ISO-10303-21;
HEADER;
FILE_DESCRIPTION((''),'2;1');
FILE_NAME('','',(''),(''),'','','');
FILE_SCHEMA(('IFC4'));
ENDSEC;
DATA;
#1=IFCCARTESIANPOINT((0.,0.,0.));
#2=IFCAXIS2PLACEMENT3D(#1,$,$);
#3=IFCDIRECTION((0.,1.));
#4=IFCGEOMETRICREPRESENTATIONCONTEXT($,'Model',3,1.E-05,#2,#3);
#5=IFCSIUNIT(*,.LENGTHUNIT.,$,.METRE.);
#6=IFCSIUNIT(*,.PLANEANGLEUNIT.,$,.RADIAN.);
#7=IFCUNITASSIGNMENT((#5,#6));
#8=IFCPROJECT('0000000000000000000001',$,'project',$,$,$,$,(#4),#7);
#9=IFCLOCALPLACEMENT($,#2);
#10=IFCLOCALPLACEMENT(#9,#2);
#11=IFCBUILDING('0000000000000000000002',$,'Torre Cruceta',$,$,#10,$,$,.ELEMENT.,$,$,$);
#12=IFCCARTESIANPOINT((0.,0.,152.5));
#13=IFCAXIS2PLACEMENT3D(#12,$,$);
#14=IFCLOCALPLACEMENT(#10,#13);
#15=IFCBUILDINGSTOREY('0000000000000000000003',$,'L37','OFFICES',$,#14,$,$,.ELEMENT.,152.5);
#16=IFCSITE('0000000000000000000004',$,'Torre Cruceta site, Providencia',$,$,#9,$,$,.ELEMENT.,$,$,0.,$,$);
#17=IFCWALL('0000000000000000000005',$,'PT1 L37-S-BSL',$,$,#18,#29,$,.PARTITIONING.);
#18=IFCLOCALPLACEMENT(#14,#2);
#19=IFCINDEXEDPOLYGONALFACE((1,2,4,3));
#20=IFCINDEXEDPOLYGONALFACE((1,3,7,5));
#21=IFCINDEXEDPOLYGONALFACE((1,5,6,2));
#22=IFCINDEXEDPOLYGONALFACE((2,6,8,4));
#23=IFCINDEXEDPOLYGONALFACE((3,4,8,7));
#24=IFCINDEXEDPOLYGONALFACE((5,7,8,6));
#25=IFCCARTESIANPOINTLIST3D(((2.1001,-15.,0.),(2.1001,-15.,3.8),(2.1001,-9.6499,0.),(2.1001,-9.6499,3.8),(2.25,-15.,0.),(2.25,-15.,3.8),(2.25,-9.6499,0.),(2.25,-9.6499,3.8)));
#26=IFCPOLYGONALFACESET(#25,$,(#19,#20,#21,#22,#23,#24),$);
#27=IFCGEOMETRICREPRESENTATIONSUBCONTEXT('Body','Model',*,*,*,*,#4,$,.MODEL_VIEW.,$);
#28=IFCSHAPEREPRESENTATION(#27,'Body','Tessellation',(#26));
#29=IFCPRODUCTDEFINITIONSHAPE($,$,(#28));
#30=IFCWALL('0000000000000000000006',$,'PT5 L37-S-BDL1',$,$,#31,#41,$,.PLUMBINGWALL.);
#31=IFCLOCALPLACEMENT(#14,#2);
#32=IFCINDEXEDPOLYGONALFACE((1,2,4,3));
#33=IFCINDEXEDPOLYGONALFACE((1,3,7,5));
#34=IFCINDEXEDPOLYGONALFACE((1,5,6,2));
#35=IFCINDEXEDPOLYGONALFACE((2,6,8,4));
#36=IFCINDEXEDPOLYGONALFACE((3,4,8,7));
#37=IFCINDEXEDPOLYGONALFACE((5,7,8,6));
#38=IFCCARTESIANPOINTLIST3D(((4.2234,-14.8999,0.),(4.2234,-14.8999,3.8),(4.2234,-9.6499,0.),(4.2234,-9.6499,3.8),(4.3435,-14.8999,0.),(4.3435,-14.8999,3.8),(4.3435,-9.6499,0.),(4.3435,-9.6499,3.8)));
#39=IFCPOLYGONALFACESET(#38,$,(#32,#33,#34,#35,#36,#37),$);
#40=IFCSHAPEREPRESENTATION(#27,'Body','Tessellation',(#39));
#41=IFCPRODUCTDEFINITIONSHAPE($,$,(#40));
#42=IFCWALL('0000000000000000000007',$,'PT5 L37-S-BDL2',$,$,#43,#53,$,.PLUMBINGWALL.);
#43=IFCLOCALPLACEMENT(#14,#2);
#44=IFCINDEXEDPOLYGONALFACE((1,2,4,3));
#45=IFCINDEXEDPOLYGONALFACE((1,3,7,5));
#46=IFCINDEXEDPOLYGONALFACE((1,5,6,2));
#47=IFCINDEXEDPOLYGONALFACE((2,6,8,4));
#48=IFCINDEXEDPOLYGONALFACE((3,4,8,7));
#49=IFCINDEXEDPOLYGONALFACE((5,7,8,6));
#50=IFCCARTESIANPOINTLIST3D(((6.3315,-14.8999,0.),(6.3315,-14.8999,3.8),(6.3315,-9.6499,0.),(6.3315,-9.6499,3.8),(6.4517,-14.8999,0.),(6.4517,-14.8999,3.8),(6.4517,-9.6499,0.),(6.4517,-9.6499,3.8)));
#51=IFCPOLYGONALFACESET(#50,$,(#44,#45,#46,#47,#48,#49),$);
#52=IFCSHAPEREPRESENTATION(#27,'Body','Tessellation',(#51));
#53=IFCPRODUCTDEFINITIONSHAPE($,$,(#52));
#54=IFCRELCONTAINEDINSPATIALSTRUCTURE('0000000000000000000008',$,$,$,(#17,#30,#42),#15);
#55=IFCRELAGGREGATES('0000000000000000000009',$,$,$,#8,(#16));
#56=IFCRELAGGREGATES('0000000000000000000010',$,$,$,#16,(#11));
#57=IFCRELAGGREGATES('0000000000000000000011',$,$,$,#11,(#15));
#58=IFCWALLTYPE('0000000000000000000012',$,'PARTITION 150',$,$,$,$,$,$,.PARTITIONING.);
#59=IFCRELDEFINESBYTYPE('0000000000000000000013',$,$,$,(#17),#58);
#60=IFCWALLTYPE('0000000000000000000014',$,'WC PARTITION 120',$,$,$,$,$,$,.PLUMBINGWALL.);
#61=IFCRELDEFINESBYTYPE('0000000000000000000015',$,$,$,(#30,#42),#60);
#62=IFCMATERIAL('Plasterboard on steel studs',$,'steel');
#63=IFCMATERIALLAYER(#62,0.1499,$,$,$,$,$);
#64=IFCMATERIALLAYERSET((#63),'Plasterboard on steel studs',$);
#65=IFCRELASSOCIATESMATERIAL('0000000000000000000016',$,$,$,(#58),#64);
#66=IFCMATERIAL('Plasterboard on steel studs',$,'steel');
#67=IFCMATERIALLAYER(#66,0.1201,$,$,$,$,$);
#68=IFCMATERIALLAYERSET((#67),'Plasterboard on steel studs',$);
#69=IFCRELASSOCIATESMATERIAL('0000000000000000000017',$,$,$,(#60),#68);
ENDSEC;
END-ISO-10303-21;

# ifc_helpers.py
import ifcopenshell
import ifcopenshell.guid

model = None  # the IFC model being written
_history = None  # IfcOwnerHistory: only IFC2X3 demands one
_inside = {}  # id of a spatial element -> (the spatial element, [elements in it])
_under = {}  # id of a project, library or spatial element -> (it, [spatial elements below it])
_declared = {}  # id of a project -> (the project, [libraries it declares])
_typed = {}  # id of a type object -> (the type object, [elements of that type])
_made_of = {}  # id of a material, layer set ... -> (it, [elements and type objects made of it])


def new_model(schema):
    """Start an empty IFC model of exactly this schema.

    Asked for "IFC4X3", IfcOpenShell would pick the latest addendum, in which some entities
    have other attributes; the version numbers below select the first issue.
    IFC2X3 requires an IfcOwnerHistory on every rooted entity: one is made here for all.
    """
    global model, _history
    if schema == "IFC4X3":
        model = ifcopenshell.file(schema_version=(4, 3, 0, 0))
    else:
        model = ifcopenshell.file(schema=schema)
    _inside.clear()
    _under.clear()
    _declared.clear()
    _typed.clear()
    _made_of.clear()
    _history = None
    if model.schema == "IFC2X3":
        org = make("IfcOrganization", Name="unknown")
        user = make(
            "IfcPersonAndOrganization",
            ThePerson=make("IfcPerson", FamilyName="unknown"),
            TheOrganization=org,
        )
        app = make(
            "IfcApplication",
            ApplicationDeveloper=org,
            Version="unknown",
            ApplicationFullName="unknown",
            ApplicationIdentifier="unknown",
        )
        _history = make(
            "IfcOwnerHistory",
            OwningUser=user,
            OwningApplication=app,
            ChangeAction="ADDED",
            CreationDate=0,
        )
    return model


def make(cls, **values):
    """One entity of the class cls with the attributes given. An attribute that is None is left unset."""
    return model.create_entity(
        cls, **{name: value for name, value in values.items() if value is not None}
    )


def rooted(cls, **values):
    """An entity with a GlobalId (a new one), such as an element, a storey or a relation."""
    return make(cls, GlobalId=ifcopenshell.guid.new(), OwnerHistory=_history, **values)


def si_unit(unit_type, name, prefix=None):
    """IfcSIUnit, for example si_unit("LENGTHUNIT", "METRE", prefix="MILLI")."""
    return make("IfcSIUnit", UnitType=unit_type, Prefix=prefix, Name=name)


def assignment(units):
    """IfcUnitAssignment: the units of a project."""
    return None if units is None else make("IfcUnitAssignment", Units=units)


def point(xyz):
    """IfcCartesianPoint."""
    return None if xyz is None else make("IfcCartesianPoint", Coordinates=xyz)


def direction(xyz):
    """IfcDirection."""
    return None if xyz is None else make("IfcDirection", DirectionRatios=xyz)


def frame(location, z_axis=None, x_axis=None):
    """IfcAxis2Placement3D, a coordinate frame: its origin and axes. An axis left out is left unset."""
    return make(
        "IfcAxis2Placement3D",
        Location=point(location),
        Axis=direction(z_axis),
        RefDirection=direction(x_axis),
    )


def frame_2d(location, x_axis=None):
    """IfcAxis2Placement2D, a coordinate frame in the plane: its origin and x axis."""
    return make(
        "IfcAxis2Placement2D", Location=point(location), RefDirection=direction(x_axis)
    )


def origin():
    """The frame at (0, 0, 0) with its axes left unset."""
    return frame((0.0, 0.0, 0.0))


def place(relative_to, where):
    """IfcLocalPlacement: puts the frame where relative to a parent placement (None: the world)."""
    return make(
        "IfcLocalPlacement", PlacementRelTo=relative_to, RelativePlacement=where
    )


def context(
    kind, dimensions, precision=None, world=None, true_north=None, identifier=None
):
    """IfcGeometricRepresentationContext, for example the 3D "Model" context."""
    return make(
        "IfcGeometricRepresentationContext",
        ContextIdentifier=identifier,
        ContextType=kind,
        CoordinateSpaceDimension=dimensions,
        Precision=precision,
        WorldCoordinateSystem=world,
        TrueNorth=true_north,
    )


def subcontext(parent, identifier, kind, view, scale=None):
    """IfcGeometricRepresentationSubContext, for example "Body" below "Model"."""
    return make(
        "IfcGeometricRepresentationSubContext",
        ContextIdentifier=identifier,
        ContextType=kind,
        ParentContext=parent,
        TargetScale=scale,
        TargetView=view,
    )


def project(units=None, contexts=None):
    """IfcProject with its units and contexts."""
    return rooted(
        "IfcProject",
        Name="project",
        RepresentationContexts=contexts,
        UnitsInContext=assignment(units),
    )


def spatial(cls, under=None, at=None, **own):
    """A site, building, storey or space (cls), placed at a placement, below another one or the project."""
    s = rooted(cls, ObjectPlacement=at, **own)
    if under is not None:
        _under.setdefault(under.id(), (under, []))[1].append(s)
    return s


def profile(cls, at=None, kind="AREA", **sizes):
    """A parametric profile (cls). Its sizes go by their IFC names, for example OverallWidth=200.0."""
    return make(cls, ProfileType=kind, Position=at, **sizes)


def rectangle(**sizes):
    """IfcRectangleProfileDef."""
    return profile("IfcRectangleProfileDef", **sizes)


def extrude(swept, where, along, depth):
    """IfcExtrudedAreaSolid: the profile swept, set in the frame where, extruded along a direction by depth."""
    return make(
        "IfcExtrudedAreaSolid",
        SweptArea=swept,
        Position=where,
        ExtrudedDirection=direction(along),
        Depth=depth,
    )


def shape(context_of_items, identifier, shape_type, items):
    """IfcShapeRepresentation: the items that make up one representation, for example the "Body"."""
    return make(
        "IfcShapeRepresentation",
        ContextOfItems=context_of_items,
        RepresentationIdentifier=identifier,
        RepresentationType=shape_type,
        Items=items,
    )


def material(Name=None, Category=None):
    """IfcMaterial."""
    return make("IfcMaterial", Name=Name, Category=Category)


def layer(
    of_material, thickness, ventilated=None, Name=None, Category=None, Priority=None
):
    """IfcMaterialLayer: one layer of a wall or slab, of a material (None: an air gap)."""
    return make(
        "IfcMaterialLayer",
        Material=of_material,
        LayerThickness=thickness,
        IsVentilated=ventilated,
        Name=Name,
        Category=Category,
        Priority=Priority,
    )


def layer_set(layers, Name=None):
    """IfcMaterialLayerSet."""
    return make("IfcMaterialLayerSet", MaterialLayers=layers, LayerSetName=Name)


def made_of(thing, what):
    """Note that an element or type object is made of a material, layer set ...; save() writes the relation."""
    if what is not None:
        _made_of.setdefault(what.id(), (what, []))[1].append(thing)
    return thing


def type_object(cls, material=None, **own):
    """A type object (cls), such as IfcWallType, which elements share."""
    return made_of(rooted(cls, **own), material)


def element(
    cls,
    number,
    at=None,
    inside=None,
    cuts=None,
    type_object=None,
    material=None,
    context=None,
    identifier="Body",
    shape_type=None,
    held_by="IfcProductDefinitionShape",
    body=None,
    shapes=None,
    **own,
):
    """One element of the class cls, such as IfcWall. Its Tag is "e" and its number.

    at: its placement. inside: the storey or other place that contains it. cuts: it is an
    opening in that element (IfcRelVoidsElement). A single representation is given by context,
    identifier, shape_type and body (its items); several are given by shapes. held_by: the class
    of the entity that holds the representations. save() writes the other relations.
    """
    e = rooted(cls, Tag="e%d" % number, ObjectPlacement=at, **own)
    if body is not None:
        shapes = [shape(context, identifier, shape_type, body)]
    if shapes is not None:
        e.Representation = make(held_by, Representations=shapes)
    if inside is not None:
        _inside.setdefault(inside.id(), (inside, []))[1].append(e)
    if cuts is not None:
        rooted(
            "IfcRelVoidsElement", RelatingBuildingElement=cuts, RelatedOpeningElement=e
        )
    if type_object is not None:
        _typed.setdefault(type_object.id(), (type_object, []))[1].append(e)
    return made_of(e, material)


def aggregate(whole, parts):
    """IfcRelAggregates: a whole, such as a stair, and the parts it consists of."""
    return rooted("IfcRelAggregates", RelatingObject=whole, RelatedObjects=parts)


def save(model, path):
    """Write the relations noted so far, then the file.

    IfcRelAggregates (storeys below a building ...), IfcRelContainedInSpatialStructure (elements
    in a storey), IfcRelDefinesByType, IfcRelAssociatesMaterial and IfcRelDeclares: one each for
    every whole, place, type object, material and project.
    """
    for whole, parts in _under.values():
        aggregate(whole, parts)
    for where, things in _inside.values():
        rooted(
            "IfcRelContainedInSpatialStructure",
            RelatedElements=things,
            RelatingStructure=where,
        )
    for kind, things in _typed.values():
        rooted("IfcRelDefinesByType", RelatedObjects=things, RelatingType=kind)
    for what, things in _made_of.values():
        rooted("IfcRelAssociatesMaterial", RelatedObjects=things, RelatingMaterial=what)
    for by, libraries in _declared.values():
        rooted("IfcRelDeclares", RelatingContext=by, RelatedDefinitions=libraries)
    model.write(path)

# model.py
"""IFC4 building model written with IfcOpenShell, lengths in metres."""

from ifc_helpers import new_model, si_unit, direction, frame, frame_2d, origin, place, context, subcontext, project, spatial, rectangle, extrude, material, layer, layer_set, type_object, element, save


model = new_model("IFC4")

# Units and contexts
model_context = context("Model", 3, precision=1e-05, world=origin(), true_north=direction((0.0, 1.0)))
body_context = subcontext(model_context, "Body", "Model", "MODEL_VIEW")
ifc_project = project(units=[si_unit("LENGTHUNIT", "METRE"), si_unit("PLANEANGLEUNIT", "RADIAN")], contexts=[model_context])

# Site, building, storey
site_placement = place(None, origin())
site = spatial("IfcSite", under=ifc_project, at=site_placement, Name="Torre Cruceta site, Providencia", CompositionType="ELEMENT", RefElevation=0.0)
building_placement = place(site_placement, origin())
building = spatial("IfcBuilding", under=site, at=building_placement, Name="Torre Cruceta", CompositionType="ELEMENT")
storey_placement = place(building_placement, frame((0.0, 0.0, 152.5)))
storey = spatial("IfcBuildingStorey", under=building, at=storey_placement, Name="L37", Description="OFFICES", CompositionType="ELEMENT", Elevation=152.5)

# Shared definitions
ifc_material_1 = material(Name="Plasterboard on steel studs", Category="steel")
ifc_layer_1 = layer(ifc_material_1, 0.1499)
ifc_layer_set_1 = layer_set([ifc_layer_1], Name="Plasterboard on steel studs")
wall_type_1 = type_object("IfcWallType", Name="PARTITION 150", PredefinedType="PARTITIONING", material=ifc_layer_set_1)

# Walls
wall_1_placement = place(storey_placement, frame((2.175, -9.6499, 0.0), z_axis=(0.0, 0.0, 1.0), x_axis=(0.0, -1.0, 0.0)))
element("IfcWall", 1, at=wall_1_placement, inside=storey, type_object=wall_type_1, Name="PT1 L37-S-BSL", PredefinedType="PARTITIONING", context=body_context, shape_type="SweptSolid", body=[
    extrude(rectangle(XDim=5.3501, YDim=0.1499, at=frame_2d((2.675, 0.0))), origin(), (0.0, 0.0, 1.0), 3.8),
])
ifc_material_2 = material(Name="Plasterboard on steel studs", Category="steel")
ifc_layer_2 = layer(ifc_material_2, 0.1201)
ifc_layer_set_2 = layer_set([ifc_layer_2], Name="Plasterboard on steel studs")
wall_type_2 = type_object("IfcWallType", Name="WC PARTITION 120", PredefinedType="PLUMBINGWALL", material=ifc_layer_set_2)
for number, where, z_axis, x_axis, name in (
    (2, (4.2834, -9.6499, 0.0), (0.0, 0.0, 1.0), (0.0, -1.0, 0.0), "PT5 L37-S-BDL1"),
    (3, (6.3916, -9.6499, 0.0), (0.0, 0.0, 1.0), (0.0, -1.0, 0.0), "PT5 L37-S-BDL2"),
):
    element("IfcWall", number, at=place(storey_placement, frame(where, z_axis=z_axis, x_axis=x_axis)), inside=storey, type_object=wall_type_2, Name=name, PredefinedType="PLUMBINGWALL", context=body_context, shape_type="SweptSolid", body=[
        extrude(rectangle(XDim=5.25, YDim=0.1201, at=frame_2d((2.625, 0.0))), origin(), (0.0, 0.0, 1.0), 3.8),
    ])

save(model, "model.ifc")
